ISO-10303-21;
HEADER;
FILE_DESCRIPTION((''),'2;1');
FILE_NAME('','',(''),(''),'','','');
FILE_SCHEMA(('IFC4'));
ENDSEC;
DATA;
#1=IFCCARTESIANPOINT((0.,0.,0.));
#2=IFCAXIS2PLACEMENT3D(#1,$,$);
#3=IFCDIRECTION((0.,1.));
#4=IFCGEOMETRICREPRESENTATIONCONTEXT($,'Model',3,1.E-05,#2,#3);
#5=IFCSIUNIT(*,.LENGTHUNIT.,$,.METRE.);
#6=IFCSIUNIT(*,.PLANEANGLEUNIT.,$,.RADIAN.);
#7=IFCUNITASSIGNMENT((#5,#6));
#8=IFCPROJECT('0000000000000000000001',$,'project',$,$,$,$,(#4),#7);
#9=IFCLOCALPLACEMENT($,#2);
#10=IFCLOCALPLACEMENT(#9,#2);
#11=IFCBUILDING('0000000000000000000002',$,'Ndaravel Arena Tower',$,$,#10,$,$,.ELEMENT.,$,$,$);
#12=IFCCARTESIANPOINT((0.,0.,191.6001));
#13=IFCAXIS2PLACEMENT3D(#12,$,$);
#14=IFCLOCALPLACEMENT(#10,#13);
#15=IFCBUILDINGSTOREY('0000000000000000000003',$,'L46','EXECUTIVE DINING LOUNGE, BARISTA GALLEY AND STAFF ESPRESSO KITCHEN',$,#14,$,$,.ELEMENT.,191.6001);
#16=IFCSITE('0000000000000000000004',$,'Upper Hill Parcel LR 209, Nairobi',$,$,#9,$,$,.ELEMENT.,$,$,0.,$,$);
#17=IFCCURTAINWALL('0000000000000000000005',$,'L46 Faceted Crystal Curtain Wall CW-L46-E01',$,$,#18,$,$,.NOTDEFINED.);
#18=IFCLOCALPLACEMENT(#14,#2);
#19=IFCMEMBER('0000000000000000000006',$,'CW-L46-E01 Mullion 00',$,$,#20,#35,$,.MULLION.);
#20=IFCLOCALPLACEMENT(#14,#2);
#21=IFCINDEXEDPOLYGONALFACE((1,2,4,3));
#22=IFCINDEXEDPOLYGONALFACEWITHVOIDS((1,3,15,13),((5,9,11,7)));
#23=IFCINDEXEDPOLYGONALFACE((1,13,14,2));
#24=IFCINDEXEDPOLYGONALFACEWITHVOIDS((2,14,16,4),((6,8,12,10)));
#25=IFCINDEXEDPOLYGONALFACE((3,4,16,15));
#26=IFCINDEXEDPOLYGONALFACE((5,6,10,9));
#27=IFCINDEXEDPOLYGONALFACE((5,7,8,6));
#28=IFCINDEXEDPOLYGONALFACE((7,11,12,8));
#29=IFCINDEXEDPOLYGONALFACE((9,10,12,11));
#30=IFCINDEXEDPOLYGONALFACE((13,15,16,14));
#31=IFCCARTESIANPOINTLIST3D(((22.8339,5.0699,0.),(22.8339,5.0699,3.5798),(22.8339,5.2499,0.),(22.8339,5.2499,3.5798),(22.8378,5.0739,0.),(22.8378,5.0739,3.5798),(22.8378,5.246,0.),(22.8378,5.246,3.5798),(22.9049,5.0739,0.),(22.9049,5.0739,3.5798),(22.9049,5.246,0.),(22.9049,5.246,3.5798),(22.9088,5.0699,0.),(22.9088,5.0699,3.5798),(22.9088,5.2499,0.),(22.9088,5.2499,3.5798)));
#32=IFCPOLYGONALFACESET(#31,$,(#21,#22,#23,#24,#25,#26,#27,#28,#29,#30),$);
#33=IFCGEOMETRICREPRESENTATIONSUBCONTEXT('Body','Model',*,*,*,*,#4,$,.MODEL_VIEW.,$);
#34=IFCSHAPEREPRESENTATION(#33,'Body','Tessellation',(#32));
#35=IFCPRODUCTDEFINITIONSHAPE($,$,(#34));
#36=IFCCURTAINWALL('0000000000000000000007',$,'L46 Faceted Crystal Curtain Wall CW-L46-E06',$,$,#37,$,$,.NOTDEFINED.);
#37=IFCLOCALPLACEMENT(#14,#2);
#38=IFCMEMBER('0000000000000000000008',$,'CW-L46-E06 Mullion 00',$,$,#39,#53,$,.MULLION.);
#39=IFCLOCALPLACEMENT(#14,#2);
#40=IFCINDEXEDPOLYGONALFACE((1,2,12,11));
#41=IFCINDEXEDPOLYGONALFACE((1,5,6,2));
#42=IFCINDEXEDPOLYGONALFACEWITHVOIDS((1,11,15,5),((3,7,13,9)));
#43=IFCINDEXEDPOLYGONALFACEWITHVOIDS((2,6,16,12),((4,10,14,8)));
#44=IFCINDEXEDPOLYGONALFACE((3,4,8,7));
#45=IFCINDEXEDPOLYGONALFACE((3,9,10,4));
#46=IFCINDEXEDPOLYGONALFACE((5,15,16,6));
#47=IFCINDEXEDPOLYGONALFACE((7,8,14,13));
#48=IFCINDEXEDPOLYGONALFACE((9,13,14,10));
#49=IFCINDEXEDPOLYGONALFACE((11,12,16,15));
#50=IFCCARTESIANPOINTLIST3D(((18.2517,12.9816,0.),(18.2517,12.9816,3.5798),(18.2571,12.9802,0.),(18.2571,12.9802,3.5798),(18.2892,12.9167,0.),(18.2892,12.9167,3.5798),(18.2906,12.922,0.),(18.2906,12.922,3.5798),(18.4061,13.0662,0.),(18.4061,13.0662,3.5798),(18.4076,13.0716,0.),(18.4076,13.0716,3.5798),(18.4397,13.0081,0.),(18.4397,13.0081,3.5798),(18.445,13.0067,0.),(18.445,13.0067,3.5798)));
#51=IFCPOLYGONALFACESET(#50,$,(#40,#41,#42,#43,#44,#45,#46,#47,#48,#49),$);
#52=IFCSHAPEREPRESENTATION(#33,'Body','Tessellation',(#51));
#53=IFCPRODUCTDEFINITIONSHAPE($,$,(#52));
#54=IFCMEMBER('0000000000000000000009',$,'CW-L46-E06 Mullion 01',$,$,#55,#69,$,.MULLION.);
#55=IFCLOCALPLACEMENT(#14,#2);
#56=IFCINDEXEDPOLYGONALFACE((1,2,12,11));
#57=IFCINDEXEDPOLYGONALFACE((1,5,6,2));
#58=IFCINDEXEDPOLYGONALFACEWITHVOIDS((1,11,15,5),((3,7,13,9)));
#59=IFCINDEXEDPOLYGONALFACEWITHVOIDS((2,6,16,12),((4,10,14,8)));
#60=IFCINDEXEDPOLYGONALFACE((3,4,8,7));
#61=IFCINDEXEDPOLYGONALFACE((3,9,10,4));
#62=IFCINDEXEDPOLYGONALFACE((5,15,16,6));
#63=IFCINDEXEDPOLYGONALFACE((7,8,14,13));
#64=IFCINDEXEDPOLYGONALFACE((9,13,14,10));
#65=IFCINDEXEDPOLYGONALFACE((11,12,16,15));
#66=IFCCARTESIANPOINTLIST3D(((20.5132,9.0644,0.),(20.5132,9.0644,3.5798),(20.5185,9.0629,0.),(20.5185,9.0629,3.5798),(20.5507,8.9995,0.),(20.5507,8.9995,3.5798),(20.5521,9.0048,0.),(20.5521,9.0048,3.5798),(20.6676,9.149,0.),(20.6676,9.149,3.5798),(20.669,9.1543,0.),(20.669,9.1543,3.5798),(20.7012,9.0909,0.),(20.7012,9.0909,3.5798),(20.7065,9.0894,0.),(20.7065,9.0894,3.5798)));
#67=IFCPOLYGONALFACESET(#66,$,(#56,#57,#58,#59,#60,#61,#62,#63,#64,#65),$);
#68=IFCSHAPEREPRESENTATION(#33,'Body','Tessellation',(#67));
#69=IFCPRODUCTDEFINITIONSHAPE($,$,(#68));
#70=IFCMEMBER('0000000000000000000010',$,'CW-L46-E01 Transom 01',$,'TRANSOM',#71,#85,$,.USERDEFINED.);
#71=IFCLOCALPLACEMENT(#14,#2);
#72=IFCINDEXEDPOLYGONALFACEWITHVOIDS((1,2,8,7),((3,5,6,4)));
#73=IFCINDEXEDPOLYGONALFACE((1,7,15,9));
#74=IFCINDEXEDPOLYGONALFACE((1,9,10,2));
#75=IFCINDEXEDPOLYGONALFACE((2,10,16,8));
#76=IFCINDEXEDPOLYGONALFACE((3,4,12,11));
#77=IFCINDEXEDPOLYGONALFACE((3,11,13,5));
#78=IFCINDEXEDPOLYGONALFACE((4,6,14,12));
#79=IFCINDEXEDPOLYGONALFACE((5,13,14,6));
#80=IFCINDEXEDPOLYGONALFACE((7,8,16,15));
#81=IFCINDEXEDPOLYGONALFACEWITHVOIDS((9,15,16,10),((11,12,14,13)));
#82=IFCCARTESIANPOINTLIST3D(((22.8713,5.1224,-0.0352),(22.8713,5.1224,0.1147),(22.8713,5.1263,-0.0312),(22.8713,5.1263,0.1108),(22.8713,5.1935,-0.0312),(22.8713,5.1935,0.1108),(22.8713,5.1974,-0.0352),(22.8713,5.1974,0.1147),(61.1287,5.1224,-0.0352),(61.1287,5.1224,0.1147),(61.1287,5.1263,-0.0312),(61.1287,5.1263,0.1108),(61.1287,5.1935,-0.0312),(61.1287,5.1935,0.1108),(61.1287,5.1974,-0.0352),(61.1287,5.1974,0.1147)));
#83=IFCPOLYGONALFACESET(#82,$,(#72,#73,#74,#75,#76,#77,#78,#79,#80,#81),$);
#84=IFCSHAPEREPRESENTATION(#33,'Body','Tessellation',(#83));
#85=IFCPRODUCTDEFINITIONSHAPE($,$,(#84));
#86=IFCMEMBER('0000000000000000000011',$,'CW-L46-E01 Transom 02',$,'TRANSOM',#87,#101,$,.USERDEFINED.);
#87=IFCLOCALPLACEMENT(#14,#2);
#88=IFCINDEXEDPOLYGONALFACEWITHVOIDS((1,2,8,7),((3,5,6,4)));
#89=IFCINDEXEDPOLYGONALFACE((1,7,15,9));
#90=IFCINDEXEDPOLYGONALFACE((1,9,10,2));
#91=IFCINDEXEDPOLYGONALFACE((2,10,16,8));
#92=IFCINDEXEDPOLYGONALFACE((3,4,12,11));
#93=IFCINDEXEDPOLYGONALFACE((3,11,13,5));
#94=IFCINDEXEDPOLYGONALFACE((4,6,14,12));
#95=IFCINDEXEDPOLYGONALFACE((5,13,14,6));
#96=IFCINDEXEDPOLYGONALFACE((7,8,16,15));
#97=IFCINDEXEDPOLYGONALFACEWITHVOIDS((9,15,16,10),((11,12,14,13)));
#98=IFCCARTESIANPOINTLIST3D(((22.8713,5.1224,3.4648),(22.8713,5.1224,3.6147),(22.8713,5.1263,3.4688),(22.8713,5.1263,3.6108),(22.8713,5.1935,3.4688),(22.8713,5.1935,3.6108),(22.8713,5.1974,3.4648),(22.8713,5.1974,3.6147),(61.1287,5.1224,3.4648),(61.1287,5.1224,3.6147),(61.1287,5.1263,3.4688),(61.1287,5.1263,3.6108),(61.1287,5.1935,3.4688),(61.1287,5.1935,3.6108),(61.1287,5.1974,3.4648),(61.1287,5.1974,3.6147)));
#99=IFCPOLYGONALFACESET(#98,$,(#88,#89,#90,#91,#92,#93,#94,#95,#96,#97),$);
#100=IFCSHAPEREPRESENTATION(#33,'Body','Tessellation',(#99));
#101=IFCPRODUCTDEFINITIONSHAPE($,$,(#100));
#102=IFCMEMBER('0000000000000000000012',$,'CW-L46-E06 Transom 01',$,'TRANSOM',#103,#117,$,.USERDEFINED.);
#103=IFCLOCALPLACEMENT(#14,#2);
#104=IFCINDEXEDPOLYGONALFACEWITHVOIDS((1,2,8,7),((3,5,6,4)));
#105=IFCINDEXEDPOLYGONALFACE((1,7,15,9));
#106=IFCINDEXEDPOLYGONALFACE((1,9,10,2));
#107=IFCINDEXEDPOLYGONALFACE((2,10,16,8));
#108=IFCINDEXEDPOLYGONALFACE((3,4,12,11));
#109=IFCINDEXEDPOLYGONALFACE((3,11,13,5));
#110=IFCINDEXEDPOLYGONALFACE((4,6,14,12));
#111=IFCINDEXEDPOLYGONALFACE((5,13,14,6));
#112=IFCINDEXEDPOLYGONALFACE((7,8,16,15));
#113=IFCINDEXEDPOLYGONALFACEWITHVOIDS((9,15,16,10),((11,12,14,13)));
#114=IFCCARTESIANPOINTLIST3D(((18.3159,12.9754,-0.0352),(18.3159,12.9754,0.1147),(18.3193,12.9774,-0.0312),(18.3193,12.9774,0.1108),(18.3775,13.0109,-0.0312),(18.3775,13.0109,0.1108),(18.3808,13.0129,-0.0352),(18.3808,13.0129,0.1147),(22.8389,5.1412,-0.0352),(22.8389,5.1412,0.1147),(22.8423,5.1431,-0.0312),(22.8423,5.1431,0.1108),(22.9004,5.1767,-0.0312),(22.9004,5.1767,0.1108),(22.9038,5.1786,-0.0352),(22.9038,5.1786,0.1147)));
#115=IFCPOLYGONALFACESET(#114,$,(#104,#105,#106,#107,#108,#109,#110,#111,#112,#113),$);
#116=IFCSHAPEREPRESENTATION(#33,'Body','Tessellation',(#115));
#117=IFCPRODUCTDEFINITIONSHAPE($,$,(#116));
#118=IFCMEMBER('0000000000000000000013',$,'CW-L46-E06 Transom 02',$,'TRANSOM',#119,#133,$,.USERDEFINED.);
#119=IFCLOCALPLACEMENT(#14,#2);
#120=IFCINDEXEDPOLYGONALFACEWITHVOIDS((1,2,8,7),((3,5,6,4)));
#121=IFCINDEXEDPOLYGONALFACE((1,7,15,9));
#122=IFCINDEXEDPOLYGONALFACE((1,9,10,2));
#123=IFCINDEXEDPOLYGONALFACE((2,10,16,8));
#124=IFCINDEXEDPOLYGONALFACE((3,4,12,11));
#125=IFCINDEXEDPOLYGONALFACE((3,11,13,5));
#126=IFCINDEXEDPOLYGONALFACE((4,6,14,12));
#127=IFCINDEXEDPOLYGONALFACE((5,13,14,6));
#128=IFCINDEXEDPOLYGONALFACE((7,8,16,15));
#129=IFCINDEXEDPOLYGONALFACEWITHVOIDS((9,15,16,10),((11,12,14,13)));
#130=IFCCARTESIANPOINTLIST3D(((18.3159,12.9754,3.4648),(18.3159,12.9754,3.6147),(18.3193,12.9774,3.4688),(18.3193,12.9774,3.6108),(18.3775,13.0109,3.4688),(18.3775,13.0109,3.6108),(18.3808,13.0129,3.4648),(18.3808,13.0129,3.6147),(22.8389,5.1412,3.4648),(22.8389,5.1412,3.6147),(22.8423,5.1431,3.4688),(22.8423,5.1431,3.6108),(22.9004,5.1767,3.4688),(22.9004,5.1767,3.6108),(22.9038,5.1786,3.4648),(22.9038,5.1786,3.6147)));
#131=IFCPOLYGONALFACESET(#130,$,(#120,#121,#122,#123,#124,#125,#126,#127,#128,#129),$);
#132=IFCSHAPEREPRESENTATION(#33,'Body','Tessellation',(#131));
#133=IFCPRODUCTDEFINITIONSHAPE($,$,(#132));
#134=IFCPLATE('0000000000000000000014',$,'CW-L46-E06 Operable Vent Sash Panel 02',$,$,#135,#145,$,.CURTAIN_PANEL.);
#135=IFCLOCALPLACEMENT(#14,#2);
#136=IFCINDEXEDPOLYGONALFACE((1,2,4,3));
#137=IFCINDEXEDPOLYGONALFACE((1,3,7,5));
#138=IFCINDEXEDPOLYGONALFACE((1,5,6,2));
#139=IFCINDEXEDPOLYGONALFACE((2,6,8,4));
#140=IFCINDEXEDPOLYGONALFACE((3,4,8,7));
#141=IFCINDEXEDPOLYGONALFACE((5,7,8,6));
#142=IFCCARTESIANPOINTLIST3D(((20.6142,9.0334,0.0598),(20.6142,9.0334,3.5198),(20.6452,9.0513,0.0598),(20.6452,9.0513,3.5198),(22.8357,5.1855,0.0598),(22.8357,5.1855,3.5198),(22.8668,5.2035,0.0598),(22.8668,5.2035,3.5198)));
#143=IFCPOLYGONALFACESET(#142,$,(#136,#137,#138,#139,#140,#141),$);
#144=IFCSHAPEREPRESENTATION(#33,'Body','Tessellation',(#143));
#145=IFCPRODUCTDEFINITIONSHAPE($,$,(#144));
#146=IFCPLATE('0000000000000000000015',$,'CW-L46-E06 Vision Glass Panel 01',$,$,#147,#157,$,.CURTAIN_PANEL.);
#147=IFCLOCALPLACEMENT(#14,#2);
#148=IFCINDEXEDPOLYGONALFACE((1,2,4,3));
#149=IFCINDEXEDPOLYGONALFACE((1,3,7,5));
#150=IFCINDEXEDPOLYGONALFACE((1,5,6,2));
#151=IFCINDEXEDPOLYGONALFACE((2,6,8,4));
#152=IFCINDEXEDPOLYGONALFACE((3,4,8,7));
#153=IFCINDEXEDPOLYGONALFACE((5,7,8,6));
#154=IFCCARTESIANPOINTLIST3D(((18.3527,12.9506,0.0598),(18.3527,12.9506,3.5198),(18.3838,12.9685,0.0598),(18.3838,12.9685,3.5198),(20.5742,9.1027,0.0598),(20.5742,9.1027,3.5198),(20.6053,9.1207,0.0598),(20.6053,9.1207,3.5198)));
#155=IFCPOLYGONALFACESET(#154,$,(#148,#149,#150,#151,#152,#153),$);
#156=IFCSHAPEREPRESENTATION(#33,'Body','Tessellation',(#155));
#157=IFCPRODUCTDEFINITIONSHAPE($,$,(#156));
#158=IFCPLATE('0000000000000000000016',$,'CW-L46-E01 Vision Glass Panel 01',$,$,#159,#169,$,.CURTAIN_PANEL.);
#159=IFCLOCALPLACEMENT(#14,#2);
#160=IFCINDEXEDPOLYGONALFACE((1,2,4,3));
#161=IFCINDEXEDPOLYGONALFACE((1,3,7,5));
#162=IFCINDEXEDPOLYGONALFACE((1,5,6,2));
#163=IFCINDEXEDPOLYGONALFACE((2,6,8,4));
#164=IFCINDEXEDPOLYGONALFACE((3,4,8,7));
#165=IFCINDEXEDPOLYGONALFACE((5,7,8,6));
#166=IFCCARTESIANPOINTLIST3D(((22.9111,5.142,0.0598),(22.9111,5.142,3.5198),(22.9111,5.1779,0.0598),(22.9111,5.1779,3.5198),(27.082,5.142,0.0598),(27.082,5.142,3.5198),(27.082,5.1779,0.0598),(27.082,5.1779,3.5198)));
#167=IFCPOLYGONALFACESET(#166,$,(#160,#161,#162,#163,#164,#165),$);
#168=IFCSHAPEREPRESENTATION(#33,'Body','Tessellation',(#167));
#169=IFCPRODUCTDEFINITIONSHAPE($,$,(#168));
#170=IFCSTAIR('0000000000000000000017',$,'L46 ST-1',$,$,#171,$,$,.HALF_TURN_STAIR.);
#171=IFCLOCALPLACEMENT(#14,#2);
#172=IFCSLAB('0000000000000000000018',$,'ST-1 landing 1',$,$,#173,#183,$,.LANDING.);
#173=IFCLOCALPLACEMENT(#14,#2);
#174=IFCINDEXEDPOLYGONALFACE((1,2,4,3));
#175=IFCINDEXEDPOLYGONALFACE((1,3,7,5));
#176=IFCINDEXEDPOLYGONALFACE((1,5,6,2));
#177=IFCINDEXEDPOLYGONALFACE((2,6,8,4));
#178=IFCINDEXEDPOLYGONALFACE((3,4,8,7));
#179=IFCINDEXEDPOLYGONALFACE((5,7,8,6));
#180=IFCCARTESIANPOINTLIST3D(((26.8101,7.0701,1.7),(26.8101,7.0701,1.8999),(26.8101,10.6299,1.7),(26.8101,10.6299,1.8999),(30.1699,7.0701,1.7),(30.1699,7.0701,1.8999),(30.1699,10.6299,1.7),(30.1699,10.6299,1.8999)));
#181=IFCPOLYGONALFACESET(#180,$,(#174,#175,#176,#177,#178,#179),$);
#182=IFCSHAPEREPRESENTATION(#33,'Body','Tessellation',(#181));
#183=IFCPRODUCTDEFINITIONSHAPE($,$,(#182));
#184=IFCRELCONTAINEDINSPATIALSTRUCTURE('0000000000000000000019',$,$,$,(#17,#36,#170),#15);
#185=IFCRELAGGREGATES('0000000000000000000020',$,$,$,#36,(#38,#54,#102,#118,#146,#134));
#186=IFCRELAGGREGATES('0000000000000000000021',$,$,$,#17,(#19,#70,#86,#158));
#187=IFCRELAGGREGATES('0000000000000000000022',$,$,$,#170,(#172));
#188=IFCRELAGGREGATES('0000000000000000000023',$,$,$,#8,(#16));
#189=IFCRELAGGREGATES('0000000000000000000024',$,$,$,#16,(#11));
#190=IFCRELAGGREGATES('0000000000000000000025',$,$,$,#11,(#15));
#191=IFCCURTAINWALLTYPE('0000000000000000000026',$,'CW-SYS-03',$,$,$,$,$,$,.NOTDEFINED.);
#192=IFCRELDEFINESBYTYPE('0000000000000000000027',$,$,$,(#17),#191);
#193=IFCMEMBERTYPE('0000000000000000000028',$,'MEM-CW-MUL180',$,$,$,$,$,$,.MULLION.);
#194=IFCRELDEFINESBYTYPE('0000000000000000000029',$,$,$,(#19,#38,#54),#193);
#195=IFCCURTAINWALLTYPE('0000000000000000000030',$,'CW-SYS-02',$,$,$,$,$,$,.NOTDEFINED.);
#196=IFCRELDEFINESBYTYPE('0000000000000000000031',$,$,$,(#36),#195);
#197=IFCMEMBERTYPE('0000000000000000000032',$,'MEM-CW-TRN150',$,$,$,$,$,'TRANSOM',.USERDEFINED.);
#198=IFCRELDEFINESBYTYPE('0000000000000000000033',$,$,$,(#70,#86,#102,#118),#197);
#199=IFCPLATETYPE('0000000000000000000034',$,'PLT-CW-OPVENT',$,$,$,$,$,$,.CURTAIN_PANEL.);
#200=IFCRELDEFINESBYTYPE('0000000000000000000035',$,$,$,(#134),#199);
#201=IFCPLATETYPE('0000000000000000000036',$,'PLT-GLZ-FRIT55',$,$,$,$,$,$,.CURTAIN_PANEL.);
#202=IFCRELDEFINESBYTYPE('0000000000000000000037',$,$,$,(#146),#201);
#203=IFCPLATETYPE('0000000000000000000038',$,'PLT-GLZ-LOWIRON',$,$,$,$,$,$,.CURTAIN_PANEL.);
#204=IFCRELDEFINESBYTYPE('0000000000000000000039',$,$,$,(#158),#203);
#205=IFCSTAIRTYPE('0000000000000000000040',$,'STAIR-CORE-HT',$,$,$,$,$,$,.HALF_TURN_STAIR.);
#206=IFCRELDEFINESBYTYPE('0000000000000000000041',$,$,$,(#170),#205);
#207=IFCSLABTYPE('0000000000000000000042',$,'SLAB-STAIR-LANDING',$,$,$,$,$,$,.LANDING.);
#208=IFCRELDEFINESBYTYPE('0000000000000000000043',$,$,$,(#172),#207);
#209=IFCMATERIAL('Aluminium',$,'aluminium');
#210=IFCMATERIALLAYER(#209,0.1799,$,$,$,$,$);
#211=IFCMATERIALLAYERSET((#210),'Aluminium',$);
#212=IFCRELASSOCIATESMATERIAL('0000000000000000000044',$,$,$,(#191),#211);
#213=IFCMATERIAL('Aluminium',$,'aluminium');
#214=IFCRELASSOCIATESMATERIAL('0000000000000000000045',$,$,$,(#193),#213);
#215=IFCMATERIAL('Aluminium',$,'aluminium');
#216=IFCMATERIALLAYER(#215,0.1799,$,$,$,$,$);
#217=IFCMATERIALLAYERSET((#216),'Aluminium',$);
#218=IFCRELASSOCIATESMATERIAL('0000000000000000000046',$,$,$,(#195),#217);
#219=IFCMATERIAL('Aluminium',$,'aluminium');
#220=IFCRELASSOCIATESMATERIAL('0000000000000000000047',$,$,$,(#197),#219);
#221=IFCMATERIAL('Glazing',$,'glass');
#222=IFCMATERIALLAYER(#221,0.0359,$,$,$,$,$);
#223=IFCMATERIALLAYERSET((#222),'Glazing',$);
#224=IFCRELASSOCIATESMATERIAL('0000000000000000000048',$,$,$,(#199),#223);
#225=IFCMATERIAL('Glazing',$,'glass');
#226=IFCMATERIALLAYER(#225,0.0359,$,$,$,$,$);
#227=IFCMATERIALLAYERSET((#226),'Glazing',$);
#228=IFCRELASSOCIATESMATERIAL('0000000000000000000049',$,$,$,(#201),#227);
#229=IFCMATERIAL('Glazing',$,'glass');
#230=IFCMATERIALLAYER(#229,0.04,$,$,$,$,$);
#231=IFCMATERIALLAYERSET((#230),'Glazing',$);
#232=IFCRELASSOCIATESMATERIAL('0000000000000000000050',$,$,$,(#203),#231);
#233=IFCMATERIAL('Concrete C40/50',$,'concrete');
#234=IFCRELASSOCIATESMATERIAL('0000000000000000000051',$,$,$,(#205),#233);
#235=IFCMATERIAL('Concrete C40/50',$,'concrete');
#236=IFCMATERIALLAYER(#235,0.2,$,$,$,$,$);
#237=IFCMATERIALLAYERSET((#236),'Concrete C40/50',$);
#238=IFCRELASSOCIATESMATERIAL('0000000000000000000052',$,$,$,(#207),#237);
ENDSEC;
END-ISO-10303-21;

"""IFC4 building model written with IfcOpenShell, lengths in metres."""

from ifc_helpers import new_model, si_unit, direction, frame, origin, origin_2d, place, context, subcontext, project, spatial, polyline, rectangle, hollow_rectangle, outline, extrude, material, layer, layer_set, material_profile, profile_set, type_object, element, aggregate, save


model = new_model("IFC4")

# Units and contexts
model_context = context("Model", 3, precision=1e-05, world=origin(), true_north=direction((0.0, 1.0)))
body_context = subcontext(model_context, "Body", "Model", "MODEL_VIEW")
ifc_project = project(units=[si_unit("LENGTHUNIT", "METRE"), si_unit("PLANEANGLEUNIT", "RADIAN")], contexts=[model_context])

# Site, building, storey
site_placement = place(None, origin())
site = spatial("IfcSite", under=ifc_project, at=site_placement, Name="Upper Hill Parcel LR 209, Nairobi", CompositionType="ELEMENT", RefElevation=0.0)
building_placement = place(site_placement, origin())
building = spatial("IfcBuilding", under=site, at=building_placement, Name="Ndaravel Arena Tower", CompositionType="ELEMENT")
storey_placement = place(building_placement, frame((0.0, 0.0, 191.6001)))
storey = spatial("IfcBuildingStorey", under=building, at=storey_placement, Name="L46", Description="EXECUTIVE DINING LOUNGE, BARISTA GALLEY AND STAFF ESPRESSO KITCHEN", CompositionType="ELEMENT", Elevation=191.6001)

# Curtain wall, member
ifc_material_1 = material(Name="Aluminium", Category="aluminium")
ifc_layer_1 = layer(ifc_material_1, 0.1799)
ifc_layer_set_1 = layer_set([ifc_layer_1], Name="Aluminium")
curtain_wall_type_1 = type_object("IfcCurtainWallType", Name="CW-SYS-03", PredefinedType="NOTDEFINED", material=ifc_layer_set_1)
curtain_wall_1_placement = place(storey_placement, origin())
curtain_wall_1 = element("IfcCurtainWall", 1, at=curtain_wall_1_placement, inside=storey, type_object=curtain_wall_type_1, Name="L46 Faceted Crystal Curtain Wall CW-L46-E01", PredefinedType="NOTDEFINED")
ifc_material_2 = material(Name="Aluminium", Category="aluminium")
ifc_material_profile_1 = material_profile(ifc_material_2, hollow_rectangle(XDim=0.075, YDim=0.1799, WallThickness=0.0039, at=origin_2d()), Name="CW MULLION 75x180x4")
ifc_profile_set_1 = profile_set([ifc_material_profile_1], Name="Aluminium")
member_type_1 = type_object("IfcMemberType", Name="MEM-CW-MUL180", PredefinedType="MULLION", material=ifc_profile_set_1)
member_1_placement = place(storey_placement, frame((22.8713, 5.1599, 0.0), z_axis=(0.0, 0.0, 1.0), x_axis=(1.0, 0.0, 0.0)))
member_1 = element("IfcMember", 2, at=member_1_placement, type_object=member_type_1, Name="CW-L46-E01 Mullion 00", PredefinedType="MULLION", context=body_context, shape_type="SweptSolid", body=[
    extrude(hollow_rectangle(XDim=0.075, YDim=0.1799, WallThickness=0.0039, at=origin_2d()), origin(), (0.0, 0.0, 1.0), 3.5798),
])

# Curtain wall, members
ifc_material_3 = material(Name="Aluminium", Category="aluminium")
ifc_layer_2 = layer(ifc_material_3, 0.1799)
ifc_layer_set_2 = layer_set([ifc_layer_2], Name="Aluminium")
curtain_wall_type_2 = type_object("IfcCurtainWallType", Name="CW-SYS-02", PredefinedType="NOTDEFINED", material=ifc_layer_set_2)
curtain_wall_2_placement = place(storey_placement, origin())
curtain_wall_2 = element("IfcCurtainWall", 3, at=curtain_wall_2_placement, inside=storey, type_object=curtain_wall_type_2, Name="L46 Faceted Crystal Curtain Wall CW-L46-E06", PredefinedType="NOTDEFINED")
member_2_placement = place(storey_placement, frame((18.3484, 12.9941, 0.0), z_axis=(0.0, 0.0, 1.0), x_axis=(0.5, -0.866025, 0.0)))
member_2 = element("IfcMember", 4, at=member_2_placement, type_object=member_type_1, Name="CW-L46-E06 Mullion 00", PredefinedType="MULLION", context=body_context, shape_type="SweptSolid", body=[
    extrude(hollow_rectangle(XDim=0.075, YDim=0.1799, WallThickness=0.0039, at=origin_2d()), origin(), (0.0, 0.0, 1.0), 3.5798),
])
member_3_placement = place(storey_placement, frame((20.6099, 9.0769, 0.0), z_axis=(0.0, 0.0, 1.0), x_axis=(0.5, -0.866025, 0.0)))
member_3 = element("IfcMember", 5, at=member_3_placement, type_object=member_type_1, Name="CW-L46-E06 Mullion 01", PredefinedType="MULLION", context=body_context, shape_type="SweptSolid", body=[
    extrude(hollow_rectangle(XDim=0.075, YDim=0.1799, WallThickness=0.0039, at=origin_2d()), origin(), (0.0, 0.0, 1.0), 3.5798),
])

# Members
ifc_material_4 = material(Name="Aluminium", Category="aluminium")
ifc_material_profile_2 = material_profile(ifc_material_4, hollow_rectangle(XDim=0.075, YDim=0.1499, WallThickness=0.0039, at=origin_2d()), Name="CW TRANSOM 75x150x4")
ifc_profile_set_2 = profile_set([ifc_material_profile_2], Name="Aluminium")
member_type_2 = type_object("IfcMemberType", Name="MEM-CW-TRN150", ElementType="TRANSOM", PredefinedType="USERDEFINED", material=ifc_profile_set_2)
member_4_placement = place(storey_placement, frame((22.8713, 5.1599, 0.0398), z_axis=(1.0, 0.0, 0.0), x_axis=(0.0, 1.0, 0.0)))
member_4 = element("IfcMember", 6, at=member_4_placement, type_object=member_type_2, Name="CW-L46-E01 Transom 01", ObjectType="TRANSOM", PredefinedType="USERDEFINED", context=body_context, shape_type="SweptSolid", body=[
    extrude(hollow_rectangle(XDim=0.075, YDim=0.1499, WallThickness=0.0039, at=origin_2d()), origin(), (0.0, 0.0, 1.0), 38.2573),
])
member_5_placement = place(storey_placement, frame((22.8713, 5.1599, 3.5398), z_axis=(1.0, 0.0, 0.0), x_axis=(0.0, 1.0, 0.0)))
member_5 = element("IfcMember", 7, at=member_5_placement, type_object=member_type_2, Name="CW-L46-E01 Transom 02", ObjectType="TRANSOM", PredefinedType="USERDEFINED", context=body_context, shape_type="SweptSolid", body=[
    extrude(hollow_rectangle(XDim=0.075, YDim=0.1499, WallThickness=0.0039, at=origin_2d()), origin(), (0.0, 0.0, 1.0), 38.2573),
])
member_6_placement = place(storey_placement, frame((18.3484, 12.9941, 0.0398), z_axis=(0.499988, -0.866032, 0.0), x_axis=(0.866032, 0.499988, 0.0)))
member_6 = element("IfcMember", 8, at=member_6_placement, type_object=member_type_2, Name="CW-L46-E06 Transom 01", ObjectType="TRANSOM", PredefinedType="USERDEFINED", context=body_context, shape_type="SweptSolid", body=[
    extrude(hollow_rectangle(XDim=0.075, YDim=0.1499, WallThickness=0.0039, at=origin_2d()), origin(), (0.0, 0.0, 1.0), 9.0461),
])
member_7_placement = place(storey_placement, frame((18.3484, 12.9941, 3.5398), z_axis=(0.499988, -0.866032, 0.0), x_axis=(0.866032, 0.499988, 0.0)))
member_7 = element("IfcMember", 9, at=member_7_placement, type_object=member_type_2, Name="CW-L46-E06 Transom 02", ObjectType="TRANSOM", PredefinedType="USERDEFINED", context=body_context, shape_type="SweptSolid", body=[
    extrude(hollow_rectangle(XDim=0.075, YDim=0.1499, WallThickness=0.0039, at=origin_2d()), origin(), (0.0, 0.0, 1.0), 9.0461),
])

# Plates
ifc_material_5 = material(Name="Glazing", Category="glass")
ifc_layer_3 = layer(ifc_material_5, 0.0359)
ifc_layer_set_3 = layer_set([ifc_layer_3], Name="Glazing")
plate_type_1 = type_object("IfcPlateType", Name="PLT-CW-OPVENT", PredefinedType="CURTAIN_PANEL", material=ifc_layer_set_3)
plate_1_placement = place(storey_placement, frame((21.7405, 7.1184, 0.0598), z_axis=(0.0, 0.0, 1.0), x_axis=(0.5, -0.866025, 0.0)))
plate_1 = element("IfcPlate", 10, at=plate_1_placement, type_object=plate_type_1, Name="CW-L46-E06 Operable Vent Sash Panel 02", PredefinedType="CURTAIN_PANEL", context=body_context, shape_type="SweptSolid", body=[
    extrude(rectangle(XDim=4.4431, YDim=0.0359, at=origin_2d()), origin(), (0.0, 0.0, 1.0), 3.46),
])
ifc_material_6 = material(Name="Glazing", Category="glass")
ifc_layer_4 = layer(ifc_material_6, 0.0359)
ifc_layer_set_4 = layer_set([ifc_layer_4], Name="Glazing")
plate_type_2 = type_object("IfcPlateType", Name="PLT-GLZ-FRIT55", PredefinedType="CURTAIN_PANEL", material=ifc_layer_set_4)
plate_2_placement = place(storey_placement, frame((19.479, 11.0356, 0.0598), z_axis=(0.0, 0.0, 1.0), x_axis=(0.5, -0.866025, 0.0)))
plate_2 = element("IfcPlate", 11, at=plate_2_placement, type_object=plate_type_2, Name="CW-L46-E06 Vision Glass Panel 01", PredefinedType="CURTAIN_PANEL", context=body_context, shape_type="SweptSolid", body=[
    extrude(rectangle(XDim=4.4431, YDim=0.0359, at=origin_2d()), origin(), (0.0, 0.0, 1.0), 3.46),
])
aggregate(curtain_wall_2, [member_2, member_3, member_6, member_7, plate_2, plate_1])
ifc_material_7 = material(Name="Glazing", Category="glass")
ifc_layer_5 = layer(ifc_material_7, 0.04)
ifc_layer_set_5 = layer_set([ifc_layer_5], Name="Glazing")
plate_type_3 = type_object("IfcPlateType", Name="PLT-GLZ-LOWIRON", PredefinedType="CURTAIN_PANEL", material=ifc_layer_set_5)
plate_3_placement = place(storey_placement, frame((24.9966, 5.1599, 0.0598), z_axis=(0.0, 0.0, 1.0), x_axis=(1.0, 0.0, 0.0)))
plate_3 = element("IfcPlate", 12, at=plate_3_placement, type_object=plate_type_3, Name="CW-L46-E01 Vision Glass Panel 01", PredefinedType="CURTAIN_PANEL", context=body_context, shape_type="SweptSolid", body=[
    extrude(rectangle(XDim=4.1709, YDim=0.0359, at=origin_2d()), origin(), (0.0, 0.0, 1.0), 3.46),
])
aggregate(curtain_wall_1, [member_1, member_4, member_5, plate_3])

# Stair, slab
ifc_material_8 = material(Name="Concrete C40/50", Category="concrete")
stair_type = type_object("IfcStairType", Name="STAIR-CORE-HT", PredefinedType="HALF_TURN_STAIR", material=ifc_material_8)
stair_1_placement = place(storey_placement, origin())
stair_1 = element("IfcStair", 13, at=stair_1_placement, inside=storey, type_object=stair_type, Name="L46 ST-1", PredefinedType="HALF_TURN_STAIR")
ifc_material_9 = material(Name="Concrete C40/50", Category="concrete")
ifc_layer_6 = layer(ifc_material_9, 0.2)
ifc_layer_set_6 = layer_set([ifc_layer_6], Name="Concrete C40/50")
slab_type_1 = type_object("IfcSlabType", Name="SLAB-STAIR-LANDING", PredefinedType="LANDING", material=ifc_layer_set_6)
slab_1_placement = place(storey_placement, frame((0.0, 0.0, 1.7)))
slab_1 = element("IfcSlab", 14, at=slab_1_placement, type_object=slab_type_1, Name="ST-1 landing 1", PredefinedType="LANDING", context=body_context, shape_type="SweptSolid", body=[
    extrude(outline(polyline([(26.8101, 10.6299), (26.8101, 7.0701), (30.1699, 7.0701), (30.1699, 10.6299), (26.8101, 10.6299)])), origin(), (0.0, 0.0, 1.0), 0.2),
])
aggregate(stair_1, [slab_1])

save(model, "model.ifc")
